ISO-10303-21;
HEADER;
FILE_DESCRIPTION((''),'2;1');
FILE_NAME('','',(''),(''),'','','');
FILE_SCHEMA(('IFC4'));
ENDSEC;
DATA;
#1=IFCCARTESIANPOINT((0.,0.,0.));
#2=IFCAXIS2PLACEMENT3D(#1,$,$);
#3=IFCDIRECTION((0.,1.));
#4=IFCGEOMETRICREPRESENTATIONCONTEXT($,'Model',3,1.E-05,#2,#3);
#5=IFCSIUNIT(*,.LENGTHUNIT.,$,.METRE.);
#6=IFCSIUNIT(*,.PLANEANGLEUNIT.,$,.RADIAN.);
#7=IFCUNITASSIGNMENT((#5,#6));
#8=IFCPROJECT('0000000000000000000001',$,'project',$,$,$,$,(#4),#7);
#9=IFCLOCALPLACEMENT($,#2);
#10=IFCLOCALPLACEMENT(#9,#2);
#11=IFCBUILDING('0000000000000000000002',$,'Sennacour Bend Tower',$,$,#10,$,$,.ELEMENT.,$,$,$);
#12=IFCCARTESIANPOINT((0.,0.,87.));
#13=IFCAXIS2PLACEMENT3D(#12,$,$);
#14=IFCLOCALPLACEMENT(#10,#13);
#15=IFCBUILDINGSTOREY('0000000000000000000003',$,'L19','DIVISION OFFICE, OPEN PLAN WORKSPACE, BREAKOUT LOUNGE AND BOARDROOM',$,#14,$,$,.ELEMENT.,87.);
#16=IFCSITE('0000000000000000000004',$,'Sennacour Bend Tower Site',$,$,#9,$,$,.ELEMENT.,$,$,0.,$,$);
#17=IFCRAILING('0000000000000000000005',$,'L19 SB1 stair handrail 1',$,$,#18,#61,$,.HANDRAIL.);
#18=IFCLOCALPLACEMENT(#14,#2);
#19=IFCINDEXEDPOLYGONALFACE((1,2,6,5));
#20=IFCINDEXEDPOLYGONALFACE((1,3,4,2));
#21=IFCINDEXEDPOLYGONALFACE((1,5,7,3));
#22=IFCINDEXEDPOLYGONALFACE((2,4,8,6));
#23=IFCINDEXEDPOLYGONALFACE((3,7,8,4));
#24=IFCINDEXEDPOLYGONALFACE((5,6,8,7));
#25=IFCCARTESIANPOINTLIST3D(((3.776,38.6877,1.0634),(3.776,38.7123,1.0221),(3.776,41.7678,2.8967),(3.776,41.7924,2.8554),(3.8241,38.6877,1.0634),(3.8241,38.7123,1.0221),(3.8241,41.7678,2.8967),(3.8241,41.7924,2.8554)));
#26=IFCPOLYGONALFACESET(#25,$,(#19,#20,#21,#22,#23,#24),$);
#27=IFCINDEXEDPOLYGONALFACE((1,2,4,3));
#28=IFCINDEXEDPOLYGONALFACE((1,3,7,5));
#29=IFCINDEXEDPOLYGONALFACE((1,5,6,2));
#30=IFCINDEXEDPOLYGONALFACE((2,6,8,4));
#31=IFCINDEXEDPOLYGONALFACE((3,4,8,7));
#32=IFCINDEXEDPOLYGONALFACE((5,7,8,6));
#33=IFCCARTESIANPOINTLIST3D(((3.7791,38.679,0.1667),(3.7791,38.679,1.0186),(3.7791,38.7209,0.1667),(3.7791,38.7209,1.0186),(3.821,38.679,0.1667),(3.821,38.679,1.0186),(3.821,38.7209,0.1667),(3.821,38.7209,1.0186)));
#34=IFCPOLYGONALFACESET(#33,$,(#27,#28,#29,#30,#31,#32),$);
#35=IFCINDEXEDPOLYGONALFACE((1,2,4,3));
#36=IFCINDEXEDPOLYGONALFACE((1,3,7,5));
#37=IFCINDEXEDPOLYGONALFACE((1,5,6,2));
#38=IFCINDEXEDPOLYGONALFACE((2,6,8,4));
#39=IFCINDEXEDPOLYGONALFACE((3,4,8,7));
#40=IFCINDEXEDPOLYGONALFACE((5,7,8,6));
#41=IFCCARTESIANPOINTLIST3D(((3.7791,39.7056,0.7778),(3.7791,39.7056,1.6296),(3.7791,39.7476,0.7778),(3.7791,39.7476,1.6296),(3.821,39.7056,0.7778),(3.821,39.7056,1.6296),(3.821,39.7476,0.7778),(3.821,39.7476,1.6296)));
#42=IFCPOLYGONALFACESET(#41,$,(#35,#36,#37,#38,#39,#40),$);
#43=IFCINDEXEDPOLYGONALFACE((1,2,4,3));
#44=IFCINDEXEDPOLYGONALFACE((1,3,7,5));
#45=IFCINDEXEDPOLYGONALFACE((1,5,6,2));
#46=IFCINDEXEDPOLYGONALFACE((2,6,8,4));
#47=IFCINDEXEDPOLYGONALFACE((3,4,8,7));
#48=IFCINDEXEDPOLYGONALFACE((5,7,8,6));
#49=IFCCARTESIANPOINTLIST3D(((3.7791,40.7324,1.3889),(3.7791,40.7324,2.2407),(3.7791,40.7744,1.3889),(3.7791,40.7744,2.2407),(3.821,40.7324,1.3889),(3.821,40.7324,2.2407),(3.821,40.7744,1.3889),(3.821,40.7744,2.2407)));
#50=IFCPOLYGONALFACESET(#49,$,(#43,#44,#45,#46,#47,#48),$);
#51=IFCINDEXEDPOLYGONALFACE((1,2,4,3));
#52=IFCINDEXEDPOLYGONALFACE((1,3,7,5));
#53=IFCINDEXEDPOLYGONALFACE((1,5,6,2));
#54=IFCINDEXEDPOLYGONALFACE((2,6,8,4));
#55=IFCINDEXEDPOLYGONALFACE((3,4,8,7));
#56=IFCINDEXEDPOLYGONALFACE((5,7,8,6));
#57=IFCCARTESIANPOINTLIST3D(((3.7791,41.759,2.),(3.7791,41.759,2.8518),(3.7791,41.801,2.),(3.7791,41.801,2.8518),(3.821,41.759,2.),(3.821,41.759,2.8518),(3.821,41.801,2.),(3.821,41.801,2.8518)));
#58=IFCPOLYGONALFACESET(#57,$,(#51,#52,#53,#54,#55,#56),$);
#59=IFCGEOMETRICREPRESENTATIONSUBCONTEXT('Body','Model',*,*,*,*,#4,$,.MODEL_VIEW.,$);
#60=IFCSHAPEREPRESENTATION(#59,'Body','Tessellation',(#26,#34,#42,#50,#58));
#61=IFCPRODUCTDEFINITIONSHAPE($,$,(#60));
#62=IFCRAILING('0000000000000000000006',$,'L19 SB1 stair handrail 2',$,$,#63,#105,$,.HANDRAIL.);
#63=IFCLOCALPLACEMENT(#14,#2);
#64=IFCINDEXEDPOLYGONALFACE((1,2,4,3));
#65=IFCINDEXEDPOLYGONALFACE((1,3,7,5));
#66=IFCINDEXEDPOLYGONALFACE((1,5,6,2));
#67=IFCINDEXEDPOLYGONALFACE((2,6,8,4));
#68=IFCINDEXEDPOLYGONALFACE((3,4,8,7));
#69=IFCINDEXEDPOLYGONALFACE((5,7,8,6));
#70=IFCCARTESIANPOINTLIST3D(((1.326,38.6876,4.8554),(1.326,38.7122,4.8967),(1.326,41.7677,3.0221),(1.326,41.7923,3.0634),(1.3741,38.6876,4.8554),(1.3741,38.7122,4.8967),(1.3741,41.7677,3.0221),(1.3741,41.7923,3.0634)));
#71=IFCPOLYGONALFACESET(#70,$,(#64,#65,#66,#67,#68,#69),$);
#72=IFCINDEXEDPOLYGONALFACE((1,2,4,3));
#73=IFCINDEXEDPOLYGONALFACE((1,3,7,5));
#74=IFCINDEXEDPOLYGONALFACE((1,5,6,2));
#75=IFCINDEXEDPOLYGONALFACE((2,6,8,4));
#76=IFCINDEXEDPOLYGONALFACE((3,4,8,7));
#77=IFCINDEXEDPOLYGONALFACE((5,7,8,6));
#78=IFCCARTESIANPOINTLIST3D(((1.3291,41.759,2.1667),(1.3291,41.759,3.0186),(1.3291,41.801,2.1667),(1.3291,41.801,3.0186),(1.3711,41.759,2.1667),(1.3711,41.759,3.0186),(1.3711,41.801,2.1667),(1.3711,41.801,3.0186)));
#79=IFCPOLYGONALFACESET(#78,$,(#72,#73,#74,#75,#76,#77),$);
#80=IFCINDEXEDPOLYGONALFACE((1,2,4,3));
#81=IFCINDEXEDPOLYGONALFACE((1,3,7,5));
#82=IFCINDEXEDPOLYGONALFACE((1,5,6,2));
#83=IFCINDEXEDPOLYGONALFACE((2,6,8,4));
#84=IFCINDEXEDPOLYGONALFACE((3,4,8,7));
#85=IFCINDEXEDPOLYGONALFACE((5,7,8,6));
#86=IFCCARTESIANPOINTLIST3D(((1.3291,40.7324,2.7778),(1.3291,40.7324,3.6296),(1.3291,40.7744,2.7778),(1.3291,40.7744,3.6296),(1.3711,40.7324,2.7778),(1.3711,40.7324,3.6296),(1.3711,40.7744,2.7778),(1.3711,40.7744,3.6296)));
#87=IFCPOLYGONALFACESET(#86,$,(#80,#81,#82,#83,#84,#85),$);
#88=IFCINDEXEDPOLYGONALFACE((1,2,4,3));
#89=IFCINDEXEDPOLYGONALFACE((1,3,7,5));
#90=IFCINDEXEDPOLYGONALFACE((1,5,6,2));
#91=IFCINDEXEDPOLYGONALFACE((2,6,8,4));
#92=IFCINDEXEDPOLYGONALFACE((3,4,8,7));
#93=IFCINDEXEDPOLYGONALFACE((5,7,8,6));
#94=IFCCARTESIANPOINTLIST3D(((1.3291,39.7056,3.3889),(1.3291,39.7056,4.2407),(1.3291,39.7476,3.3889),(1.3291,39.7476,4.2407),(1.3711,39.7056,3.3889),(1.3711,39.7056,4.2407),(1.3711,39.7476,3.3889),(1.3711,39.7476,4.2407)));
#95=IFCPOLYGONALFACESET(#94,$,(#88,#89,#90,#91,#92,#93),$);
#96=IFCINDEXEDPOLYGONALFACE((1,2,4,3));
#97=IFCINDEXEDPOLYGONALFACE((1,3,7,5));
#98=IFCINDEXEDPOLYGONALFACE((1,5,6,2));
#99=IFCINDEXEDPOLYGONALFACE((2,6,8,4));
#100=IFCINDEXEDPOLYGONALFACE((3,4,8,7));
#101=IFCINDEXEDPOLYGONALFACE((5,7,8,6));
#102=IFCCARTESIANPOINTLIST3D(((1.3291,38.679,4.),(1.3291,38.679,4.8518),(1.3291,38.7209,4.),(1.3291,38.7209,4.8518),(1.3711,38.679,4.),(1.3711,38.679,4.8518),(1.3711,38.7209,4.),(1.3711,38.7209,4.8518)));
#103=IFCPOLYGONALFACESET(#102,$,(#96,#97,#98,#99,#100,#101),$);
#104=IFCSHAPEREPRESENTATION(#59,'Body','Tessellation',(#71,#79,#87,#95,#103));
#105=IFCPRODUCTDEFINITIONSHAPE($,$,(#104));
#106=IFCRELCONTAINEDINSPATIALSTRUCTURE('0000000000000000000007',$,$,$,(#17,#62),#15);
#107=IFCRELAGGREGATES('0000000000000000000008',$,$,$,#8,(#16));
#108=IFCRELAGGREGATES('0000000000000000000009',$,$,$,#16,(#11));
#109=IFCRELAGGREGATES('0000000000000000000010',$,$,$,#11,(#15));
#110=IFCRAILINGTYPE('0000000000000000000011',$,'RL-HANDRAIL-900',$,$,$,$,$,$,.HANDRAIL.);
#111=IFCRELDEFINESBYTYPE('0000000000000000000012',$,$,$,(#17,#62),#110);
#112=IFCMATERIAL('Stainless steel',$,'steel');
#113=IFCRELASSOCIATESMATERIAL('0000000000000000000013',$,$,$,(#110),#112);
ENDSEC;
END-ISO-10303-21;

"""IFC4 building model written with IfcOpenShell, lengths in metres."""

from ifc_helpers import new_model, si_unit, direction, frame, origin, origin_2d, place, context, subcontext, project, spatial, rectangle, extrude, material, type_object, element, save


model = new_model("IFC4")

# Units and contexts
model_context = context("Model", 3, precision=1e-05, world=origin(), true_north=direction((0.0, 1.0)))
body_context = subcontext(model_context, "Body", "Model", "MODEL_VIEW")
ifc_project = project(units=[si_unit("LENGTHUNIT", "METRE"), si_unit("PLANEANGLEUNIT", "RADIAN")], contexts=[model_context])

# Site, building, storey
site_placement = place(None, origin())
site = spatial("IfcSite", under=ifc_project, at=site_placement, Name="Sennacour Bend Tower Site", CompositionType="ELEMENT", RefElevation=0.0)
building_placement = place(site_placement, origin())
building = spatial("IfcBuilding", under=site, at=building_placement, Name="Sennacour Bend Tower", CompositionType="ELEMENT")
storey_placement = place(building_placement, frame((0.0, 0.0, 87.0)))
storey = spatial("IfcBuildingStorey", under=building, at=storey_placement, Name="L19", Description="DIVISION OFFICE, OPEN PLAN WORKSPACE, BREAKOUT LOUNGE AND BOARDROOM", CompositionType="ELEMENT", Elevation=87.0)

# Railings
ifc_material_1 = material(Name="Stainless steel", Category="steel")
railing_type_1 = type_object("IfcRailingType", Name="RL-HANDRAIL-900", PredefinedType="HANDRAIL", material=ifc_material_1)
railing_1_placement = place(storey_placement, frame((3.8, 38.7, 0.1667)))
element("IfcRailing", 1, at=railing_1_placement, inside=storey, type_object=railing_type_1, Name="L19 SB1 stair handrail 1", PredefinedType="HANDRAIL", context=body_context, shape_type="SweptSolid", body=[
    extrude(rectangle(XDim=0.0481, YDim=0.0481, at=origin_2d()), frame((0.0, 0.0, 0.876), z_axis=(0.0, 0.859309, 0.511458), x_axis=(-1.0, 0.0, 0.0)), (0.0, 0.0, 1.0), 3.5845),
    extrude(rectangle(XDim=0.042, YDim=0.042, at=origin_2d()), origin(), (0.0, 0.0, 1.0), 0.8518),
    extrude(rectangle(XDim=0.042, YDim=0.042, at=origin_2d()), frame((0.0, 1.0266, 0.6111)), (0.0, 0.0, 1.0), 0.8518),
    extrude(rectangle(XDim=0.042, YDim=0.042, at=origin_2d()), frame((0.0, 2.0535, 1.2222)), (0.0, 0.0, 1.0), 0.8518),
    extrude(rectangle(XDim=0.042, YDim=0.042, at=origin_2d()), frame((0.0, 3.0801, 1.8333)), (0.0, 0.0, 1.0), 0.8518),
])
railing_2_placement = place(storey_placement, frame((1.3501, 41.78, 2.1667)))
element("IfcRailing", 2, at=railing_2_placement, inside=storey, type_object=railing_type_1, Name="L19 SB1 stair handrail 2", PredefinedType="HANDRAIL", context=body_context, shape_type="SweptSolid", body=[
    extrude(rectangle(XDim=0.0481, YDim=0.0481, at=origin_2d()), frame((0.0, 0.0, 0.876), z_axis=(0.0, -0.859309, 0.511458), x_axis=(1.0, 0.0, 0.0)), (0.0, 0.0, 1.0), 3.5845),
    extrude(rectangle(XDim=0.042, YDim=0.042, at=origin_2d()), origin(), (0.0, 0.0, 1.0), 0.8518),
    extrude(rectangle(XDim=0.042, YDim=0.042, at=origin_2d()), frame((0.0, -1.0266, 0.6111)), (0.0, 0.0, 1.0), 0.8518),
    extrude(rectangle(XDim=0.042, YDim=0.042, at=origin_2d()), frame((0.0, -2.0535, 1.2222)), (0.0, 0.0, 1.0), 0.8518),
    extrude(rectangle(XDim=0.042, YDim=0.042, at=origin_2d()), frame((0.0, -3.0801, 1.8333)), (0.0, 0.0, 1.0), 0.8518),
])

save(model, "model.ifc")
